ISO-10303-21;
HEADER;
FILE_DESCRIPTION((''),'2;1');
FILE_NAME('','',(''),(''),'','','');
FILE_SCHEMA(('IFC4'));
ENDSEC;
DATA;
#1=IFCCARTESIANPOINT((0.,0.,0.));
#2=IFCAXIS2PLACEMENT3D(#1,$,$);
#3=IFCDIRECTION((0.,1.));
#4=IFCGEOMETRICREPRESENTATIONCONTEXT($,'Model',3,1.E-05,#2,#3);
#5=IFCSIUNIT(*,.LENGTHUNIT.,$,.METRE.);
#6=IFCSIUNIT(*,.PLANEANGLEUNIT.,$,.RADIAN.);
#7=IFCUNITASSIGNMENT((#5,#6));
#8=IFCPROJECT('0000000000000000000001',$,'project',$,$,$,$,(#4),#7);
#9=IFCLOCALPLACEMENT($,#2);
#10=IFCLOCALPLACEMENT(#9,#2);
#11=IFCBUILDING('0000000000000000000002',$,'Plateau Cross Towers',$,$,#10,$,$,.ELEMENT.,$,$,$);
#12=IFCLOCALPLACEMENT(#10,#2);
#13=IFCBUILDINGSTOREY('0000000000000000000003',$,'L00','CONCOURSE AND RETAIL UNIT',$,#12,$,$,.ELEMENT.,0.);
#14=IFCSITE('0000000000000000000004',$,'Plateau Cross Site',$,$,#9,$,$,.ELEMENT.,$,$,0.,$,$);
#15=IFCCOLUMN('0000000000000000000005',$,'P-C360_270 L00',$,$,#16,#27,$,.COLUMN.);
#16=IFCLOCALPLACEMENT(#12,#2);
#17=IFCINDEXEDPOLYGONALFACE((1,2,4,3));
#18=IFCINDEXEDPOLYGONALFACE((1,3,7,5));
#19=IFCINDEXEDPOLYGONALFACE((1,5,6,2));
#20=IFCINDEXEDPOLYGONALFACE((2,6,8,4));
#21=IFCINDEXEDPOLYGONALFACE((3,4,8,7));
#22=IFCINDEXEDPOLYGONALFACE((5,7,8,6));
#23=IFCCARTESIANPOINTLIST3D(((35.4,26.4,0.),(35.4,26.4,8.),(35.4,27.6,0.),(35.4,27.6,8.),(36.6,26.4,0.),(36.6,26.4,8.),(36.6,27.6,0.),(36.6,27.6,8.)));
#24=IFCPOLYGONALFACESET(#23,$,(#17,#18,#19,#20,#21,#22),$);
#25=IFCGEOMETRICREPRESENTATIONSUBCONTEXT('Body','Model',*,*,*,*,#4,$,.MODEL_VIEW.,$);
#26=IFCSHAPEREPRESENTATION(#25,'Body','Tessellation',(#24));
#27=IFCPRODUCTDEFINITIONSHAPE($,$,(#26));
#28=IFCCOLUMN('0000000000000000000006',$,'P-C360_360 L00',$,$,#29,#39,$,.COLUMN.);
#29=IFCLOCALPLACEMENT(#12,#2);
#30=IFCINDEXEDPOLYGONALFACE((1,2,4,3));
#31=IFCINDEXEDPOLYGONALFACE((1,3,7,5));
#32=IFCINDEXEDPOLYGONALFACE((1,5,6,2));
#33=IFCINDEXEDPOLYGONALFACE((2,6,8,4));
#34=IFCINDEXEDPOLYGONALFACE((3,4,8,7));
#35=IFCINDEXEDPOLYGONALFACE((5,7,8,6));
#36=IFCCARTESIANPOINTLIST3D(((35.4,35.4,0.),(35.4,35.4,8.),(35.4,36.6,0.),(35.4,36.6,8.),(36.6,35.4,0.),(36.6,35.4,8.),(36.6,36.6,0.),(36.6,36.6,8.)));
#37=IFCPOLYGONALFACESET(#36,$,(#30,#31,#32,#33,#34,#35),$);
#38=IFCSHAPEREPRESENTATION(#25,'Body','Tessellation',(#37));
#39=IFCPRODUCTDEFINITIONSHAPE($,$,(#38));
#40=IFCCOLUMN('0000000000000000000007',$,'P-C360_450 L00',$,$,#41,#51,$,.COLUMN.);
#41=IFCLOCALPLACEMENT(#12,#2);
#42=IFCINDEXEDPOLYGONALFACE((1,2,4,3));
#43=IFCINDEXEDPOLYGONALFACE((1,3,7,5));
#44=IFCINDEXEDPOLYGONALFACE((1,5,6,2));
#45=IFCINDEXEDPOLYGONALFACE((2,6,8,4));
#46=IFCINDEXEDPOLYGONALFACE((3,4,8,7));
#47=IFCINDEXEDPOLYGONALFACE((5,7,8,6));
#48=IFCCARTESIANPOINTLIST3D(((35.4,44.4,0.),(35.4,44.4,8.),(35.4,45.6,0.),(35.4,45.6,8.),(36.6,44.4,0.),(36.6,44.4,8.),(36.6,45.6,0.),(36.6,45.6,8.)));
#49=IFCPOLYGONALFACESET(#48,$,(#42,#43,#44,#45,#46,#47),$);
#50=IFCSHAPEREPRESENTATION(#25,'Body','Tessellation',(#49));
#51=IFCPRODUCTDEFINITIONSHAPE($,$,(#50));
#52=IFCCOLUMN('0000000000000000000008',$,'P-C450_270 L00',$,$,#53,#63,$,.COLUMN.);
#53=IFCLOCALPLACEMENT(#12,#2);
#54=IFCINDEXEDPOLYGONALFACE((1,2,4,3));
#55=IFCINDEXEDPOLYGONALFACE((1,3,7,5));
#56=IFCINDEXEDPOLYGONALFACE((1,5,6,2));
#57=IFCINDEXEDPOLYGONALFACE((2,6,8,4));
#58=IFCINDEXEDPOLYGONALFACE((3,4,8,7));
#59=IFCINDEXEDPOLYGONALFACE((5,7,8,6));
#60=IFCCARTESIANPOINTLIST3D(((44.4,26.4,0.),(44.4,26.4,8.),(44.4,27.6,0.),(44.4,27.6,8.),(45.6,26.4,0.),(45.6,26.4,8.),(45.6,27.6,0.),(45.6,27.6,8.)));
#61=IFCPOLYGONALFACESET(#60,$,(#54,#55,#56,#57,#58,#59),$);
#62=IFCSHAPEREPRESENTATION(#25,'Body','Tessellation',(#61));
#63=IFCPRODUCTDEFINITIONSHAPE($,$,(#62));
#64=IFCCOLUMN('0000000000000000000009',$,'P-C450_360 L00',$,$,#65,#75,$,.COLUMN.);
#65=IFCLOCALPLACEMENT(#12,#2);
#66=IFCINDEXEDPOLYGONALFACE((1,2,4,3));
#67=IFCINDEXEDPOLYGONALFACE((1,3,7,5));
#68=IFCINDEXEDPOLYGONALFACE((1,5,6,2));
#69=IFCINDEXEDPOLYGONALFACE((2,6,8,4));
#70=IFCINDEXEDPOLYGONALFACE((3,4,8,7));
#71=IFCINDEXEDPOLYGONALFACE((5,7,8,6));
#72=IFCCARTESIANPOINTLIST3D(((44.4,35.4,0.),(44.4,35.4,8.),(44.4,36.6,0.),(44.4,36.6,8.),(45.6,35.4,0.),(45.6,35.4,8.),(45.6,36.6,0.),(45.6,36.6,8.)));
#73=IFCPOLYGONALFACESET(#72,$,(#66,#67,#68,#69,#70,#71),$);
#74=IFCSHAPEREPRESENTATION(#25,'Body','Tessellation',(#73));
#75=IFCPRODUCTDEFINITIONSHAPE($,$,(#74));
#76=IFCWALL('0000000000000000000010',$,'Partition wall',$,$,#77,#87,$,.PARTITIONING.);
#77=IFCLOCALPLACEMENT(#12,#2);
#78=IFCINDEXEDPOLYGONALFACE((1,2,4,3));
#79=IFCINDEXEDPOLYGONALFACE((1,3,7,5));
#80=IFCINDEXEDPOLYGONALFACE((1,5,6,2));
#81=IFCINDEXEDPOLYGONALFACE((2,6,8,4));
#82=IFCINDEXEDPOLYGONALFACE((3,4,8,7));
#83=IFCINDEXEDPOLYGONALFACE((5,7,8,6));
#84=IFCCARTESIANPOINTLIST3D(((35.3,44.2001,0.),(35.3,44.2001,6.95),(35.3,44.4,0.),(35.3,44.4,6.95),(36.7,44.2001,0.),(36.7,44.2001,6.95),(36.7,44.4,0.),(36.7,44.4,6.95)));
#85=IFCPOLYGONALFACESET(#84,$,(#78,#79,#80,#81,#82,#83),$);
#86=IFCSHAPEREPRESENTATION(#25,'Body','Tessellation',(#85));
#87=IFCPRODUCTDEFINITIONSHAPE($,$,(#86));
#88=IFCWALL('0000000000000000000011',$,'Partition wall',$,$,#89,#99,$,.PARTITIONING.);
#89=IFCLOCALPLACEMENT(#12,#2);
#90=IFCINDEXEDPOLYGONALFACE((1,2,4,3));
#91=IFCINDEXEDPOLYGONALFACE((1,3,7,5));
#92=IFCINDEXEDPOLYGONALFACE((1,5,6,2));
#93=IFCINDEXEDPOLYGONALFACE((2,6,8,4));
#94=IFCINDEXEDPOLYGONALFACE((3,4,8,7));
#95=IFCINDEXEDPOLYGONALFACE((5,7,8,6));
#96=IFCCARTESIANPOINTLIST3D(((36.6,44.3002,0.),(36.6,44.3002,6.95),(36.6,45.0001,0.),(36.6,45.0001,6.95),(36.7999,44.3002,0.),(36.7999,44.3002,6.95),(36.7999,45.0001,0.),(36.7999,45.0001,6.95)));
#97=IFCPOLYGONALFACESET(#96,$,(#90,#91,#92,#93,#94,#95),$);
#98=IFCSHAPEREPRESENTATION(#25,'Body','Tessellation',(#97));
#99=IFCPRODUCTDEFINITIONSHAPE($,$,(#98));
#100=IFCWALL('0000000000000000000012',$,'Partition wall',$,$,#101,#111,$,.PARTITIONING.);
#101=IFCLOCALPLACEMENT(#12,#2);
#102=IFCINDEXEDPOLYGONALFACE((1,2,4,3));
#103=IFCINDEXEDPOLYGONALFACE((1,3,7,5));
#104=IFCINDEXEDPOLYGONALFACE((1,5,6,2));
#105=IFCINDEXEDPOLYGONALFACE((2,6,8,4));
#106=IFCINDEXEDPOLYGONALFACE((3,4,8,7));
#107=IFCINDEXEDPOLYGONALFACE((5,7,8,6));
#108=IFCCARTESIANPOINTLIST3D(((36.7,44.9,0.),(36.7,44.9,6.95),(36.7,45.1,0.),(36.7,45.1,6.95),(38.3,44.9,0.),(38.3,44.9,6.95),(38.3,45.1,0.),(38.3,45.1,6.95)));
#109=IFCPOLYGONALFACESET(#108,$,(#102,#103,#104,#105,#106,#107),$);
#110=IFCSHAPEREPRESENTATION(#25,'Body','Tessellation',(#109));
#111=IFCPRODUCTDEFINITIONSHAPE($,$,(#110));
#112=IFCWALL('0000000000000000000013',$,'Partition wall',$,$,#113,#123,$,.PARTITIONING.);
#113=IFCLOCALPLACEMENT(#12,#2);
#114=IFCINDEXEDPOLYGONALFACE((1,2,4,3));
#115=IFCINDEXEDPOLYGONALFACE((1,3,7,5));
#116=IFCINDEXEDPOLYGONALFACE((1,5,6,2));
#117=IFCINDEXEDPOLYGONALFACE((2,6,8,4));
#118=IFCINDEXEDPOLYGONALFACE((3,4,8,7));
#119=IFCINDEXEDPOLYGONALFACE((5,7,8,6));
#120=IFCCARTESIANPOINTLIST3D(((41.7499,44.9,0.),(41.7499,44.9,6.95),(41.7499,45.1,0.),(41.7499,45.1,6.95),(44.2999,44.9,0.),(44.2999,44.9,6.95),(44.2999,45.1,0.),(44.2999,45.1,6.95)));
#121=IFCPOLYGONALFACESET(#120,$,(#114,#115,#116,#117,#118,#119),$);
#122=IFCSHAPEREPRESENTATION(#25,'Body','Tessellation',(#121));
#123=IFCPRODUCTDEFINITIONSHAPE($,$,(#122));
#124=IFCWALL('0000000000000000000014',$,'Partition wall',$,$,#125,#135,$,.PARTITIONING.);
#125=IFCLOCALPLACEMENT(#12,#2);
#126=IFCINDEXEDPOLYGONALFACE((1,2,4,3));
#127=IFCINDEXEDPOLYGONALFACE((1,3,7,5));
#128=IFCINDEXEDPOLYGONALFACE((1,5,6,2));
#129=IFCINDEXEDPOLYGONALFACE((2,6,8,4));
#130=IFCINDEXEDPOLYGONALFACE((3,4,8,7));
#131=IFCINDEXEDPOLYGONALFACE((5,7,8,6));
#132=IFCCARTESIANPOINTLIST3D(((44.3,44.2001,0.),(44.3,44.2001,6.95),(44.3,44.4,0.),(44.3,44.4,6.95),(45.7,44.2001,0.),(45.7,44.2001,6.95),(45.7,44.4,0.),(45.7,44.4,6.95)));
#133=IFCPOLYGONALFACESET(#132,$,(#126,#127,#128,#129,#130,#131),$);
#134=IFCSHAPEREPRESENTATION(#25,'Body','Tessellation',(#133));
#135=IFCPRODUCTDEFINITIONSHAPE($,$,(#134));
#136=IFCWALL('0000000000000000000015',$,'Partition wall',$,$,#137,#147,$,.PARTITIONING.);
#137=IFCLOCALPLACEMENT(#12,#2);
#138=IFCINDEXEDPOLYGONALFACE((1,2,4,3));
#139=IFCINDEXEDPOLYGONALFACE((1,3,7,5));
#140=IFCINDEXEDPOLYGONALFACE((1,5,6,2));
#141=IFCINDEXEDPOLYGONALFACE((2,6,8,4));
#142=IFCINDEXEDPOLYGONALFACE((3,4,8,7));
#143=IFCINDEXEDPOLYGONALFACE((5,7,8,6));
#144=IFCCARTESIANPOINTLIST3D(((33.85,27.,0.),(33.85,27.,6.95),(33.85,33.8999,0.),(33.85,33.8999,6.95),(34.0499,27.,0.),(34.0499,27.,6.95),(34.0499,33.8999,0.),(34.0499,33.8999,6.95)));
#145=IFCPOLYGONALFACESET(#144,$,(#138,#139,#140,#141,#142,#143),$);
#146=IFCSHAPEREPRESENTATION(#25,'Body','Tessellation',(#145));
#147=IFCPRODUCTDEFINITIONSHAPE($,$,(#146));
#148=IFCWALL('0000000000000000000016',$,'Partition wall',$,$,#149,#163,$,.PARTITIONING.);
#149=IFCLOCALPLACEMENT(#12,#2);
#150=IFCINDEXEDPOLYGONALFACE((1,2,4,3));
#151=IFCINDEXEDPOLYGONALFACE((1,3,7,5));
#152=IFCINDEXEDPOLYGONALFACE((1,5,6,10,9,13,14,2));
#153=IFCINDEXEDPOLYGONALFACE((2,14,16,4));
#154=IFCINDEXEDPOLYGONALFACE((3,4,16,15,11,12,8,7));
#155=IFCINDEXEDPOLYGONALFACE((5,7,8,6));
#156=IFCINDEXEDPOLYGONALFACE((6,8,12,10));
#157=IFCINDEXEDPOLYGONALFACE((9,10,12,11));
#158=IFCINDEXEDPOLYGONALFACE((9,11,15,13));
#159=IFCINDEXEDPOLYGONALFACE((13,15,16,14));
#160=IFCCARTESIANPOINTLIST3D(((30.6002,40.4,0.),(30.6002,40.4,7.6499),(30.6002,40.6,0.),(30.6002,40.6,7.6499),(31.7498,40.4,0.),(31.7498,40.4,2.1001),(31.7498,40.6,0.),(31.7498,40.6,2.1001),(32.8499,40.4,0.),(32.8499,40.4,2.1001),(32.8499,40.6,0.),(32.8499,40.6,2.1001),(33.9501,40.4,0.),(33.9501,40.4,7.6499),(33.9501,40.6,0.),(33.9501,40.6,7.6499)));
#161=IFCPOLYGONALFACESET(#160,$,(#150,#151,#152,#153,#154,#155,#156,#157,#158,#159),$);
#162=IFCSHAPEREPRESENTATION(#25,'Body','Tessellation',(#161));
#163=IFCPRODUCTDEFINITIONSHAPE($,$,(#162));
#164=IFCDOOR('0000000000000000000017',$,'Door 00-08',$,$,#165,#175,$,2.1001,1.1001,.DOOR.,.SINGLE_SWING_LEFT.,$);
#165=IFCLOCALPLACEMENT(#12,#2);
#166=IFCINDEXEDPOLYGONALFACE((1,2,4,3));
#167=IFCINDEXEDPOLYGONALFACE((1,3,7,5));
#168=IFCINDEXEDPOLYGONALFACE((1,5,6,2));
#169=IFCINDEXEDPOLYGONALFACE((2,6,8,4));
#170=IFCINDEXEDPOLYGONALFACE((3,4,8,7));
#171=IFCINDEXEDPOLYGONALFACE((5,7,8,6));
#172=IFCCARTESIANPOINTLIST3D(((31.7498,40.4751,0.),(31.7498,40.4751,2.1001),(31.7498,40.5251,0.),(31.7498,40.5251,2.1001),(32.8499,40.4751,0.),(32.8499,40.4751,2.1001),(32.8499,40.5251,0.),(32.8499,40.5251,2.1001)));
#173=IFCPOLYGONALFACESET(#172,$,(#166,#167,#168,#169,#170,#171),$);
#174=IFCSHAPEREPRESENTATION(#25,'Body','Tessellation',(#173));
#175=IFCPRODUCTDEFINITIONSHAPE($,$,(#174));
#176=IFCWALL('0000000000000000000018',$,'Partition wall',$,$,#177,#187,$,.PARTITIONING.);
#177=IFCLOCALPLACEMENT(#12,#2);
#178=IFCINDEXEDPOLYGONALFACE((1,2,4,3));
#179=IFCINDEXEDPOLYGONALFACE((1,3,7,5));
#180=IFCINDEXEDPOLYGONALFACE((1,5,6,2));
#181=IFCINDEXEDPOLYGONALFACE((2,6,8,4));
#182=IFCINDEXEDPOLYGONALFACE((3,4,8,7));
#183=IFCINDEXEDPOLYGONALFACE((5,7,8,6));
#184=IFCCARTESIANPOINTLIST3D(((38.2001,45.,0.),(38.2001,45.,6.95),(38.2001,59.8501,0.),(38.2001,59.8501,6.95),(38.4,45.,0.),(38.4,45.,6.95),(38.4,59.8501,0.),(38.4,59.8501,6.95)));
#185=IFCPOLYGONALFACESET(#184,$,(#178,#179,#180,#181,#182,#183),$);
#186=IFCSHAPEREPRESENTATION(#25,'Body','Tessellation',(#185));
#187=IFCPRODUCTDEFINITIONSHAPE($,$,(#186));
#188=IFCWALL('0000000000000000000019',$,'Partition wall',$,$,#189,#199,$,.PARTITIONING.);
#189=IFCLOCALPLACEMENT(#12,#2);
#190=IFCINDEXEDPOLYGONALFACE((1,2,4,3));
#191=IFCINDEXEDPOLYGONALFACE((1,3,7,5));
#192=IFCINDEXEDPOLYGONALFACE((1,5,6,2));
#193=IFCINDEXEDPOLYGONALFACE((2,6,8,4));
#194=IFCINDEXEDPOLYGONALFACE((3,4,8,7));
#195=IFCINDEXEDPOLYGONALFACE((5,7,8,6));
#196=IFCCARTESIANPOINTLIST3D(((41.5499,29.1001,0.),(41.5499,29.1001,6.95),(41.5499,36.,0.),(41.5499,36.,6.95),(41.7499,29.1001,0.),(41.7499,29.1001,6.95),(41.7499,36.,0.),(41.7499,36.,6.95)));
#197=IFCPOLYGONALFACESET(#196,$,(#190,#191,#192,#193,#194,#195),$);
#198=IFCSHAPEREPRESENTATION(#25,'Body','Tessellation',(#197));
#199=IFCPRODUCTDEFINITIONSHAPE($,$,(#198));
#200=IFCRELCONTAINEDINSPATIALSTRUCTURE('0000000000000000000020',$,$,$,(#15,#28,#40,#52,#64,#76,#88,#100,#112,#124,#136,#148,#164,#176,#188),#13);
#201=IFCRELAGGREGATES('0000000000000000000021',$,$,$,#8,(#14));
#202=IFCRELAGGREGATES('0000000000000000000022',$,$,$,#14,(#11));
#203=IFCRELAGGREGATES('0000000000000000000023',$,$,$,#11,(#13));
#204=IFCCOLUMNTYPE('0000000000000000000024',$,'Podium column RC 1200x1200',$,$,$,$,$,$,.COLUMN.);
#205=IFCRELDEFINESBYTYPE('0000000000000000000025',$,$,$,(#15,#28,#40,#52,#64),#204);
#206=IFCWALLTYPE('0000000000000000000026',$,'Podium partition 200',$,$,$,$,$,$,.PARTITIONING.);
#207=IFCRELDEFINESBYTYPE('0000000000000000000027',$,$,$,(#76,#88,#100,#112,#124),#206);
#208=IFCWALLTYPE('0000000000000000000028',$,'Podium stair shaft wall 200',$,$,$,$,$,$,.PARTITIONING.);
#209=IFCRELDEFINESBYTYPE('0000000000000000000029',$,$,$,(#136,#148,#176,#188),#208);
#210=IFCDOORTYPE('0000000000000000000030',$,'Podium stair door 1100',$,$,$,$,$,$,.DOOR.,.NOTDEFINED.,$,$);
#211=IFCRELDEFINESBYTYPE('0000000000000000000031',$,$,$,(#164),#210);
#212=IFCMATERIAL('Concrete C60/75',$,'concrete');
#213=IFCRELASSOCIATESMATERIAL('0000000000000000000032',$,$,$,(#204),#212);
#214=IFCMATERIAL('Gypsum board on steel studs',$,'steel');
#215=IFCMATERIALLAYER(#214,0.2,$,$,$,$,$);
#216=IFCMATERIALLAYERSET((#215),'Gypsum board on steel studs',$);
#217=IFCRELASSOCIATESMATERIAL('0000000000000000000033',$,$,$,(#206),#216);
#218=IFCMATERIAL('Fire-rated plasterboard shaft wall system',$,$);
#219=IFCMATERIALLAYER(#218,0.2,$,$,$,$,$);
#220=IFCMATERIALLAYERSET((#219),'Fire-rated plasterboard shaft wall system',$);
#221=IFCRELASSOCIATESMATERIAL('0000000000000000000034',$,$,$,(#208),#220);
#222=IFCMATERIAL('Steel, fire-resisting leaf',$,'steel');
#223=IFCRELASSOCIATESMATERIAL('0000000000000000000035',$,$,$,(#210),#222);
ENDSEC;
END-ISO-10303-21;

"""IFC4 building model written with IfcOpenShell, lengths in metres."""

from ifc_helpers import new_model, si_unit, direction, frame, frame_2d, origin, origin_2d, place, context, subcontext, project, spatial, rectangle, extrude, material, layer, layer_set, material_profile, profile_set, type_object, element, fill, save


model = new_model("IFC4")

# Units and contexts
model_context = context("Model", 3, precision=1e-05, world=origin(), true_north=direction((0.0, 1.0)))
body_context = subcontext(model_context, "Body", "Model", "MODEL_VIEW")
ifc_project = project(units=[si_unit("LENGTHUNIT", "METRE"), si_unit("PLANEANGLEUNIT", "RADIAN")], contexts=[model_context])

# Site, building, storey
site_placement = place(None, origin())
site = spatial("IfcSite", under=ifc_project, at=site_placement, Name="Plateau Cross Site", CompositionType="ELEMENT", RefElevation=0.0)
building_placement = place(site_placement, origin())
building = spatial("IfcBuilding", under=site, at=building_placement, Name="Plateau Cross Towers", CompositionType="ELEMENT")
storey_placement = place(building_placement, origin())
storey = spatial("IfcBuildingStorey", under=building, at=storey_placement, Name="L00", Description="CONCOURSE AND RETAIL UNIT", CompositionType="ELEMENT", Elevation=0.0)

# Columns
ifc_material_1 = material(Name="Concrete C60/75", Category="concrete")
ifc_material_profile = material_profile(ifc_material_1, rectangle(XDim=1.2, YDim=1.2, at=origin_2d()), Name="RC 1200x1200")
ifc_profile_set = profile_set([ifc_material_profile], Name="Concrete C60/75")
column_type = type_object("IfcColumnType", Name="Podium column RC 1200x1200", PredefinedType="COLUMN", material=ifc_profile_set)
for number, where, z_axis, x_axis, name in (
    (1, (36.0, 27.0, 0.0), (0.0, 0.0, 1.0), (1.0, 0.0, 0.0), "P-C360_270 L00"),
    (2, (36.0, 36.0, 0.0), (0.0, 0.0, 1.0), (1.0, 0.0, 0.0), "P-C360_360 L00"),
    (3, (36.0, 45.0, 0.0), (0.0, 0.0, 1.0), (1.0, 0.0, 0.0), "P-C360_450 L00"),
    (4, (45.0, 27.0, 0.0), (0.0, 0.0, 1.0), (1.0, 0.0, 0.0), "P-C450_270 L00"),
    (5, (45.0, 36.0, 0.0), (0.0, 0.0, 1.0), (1.0, 0.0, 0.0), "P-C450_360 L00"),
):
    element("IfcColumn", number, at=place(storey_placement, frame(where, z_axis=z_axis, x_axis=x_axis)), inside=storey, type_object=column_type, Name=name, PredefinedType="COLUMN", context=body_context, shape_type="SweptSolid", body=[
        extrude(rectangle(XDim=1.2, YDim=1.2, at=origin_2d()), origin(), (0.0, 0.0, 1.0), 8.0),
    ])

# Walls
ifc_material_2 = material(Name="Gypsum board on steel studs", Category="steel")
ifc_layer_1 = layer(ifc_material_2, 0.2)
ifc_layer_set_1 = layer_set([ifc_layer_1], Name="Gypsum board on steel studs")
wall_type_1 = type_object("IfcWallType", Name="Podium partition 200", PredefinedType="PARTITIONING", material=ifc_layer_set_1)
wall_1_placement = place(storey_placement, frame((35.3, 44.3, 0.0), z_axis=(0.0, 0.0, 1.0), x_axis=(1.0, 0.0, 0.0)))
element("IfcWall", 6, at=wall_1_placement, inside=storey, type_object=wall_type_1, Name="Partition wall", PredefinedType="PARTITIONING", context=body_context, shape_type="SweptSolid", body=[
    extrude(rectangle(XDim=1.3999, YDim=0.2, at=frame_2d((0.7, 0.0))), origin(), (0.0, 0.0, 1.0), 6.95),
])
wall_2_placement = place(storey_placement, frame((36.7, 44.3, 0.0), z_axis=(0.0, 0.0, 1.0), x_axis=(0.0, 1.0, 0.0)))
element("IfcWall", 7, at=wall_2_placement, inside=storey, type_object=wall_type_1, Name="Partition wall", PredefinedType="PARTITIONING", context=body_context, shape_type="SweptSolid", body=[
    extrude(rectangle(XDim=0.7, YDim=0.2, at=frame_2d((0.3501, 0.0))), origin(), (0.0, 0.0, 1.0), 6.95),
])
wall_3_placement = place(storey_placement, frame((36.7, 45.0, 0.0), z_axis=(0.0, 0.0, 1.0), x_axis=(1.0, 0.0, 0.0)))
element("IfcWall", 8, at=wall_3_placement, inside=storey, type_object=wall_type_1, Name="Partition wall", PredefinedType="PARTITIONING", context=body_context, shape_type="SweptSolid", body=[
    extrude(rectangle(XDim=1.6001, YDim=0.2, at=frame_2d((0.8, 0.0))), origin(), (0.0, 0.0, 1.0), 6.95),
])
wall_4_placement = place(storey_placement, frame((41.75, 45.0, 0.0), z_axis=(0.0, 0.0, 1.0), x_axis=(1.0, 0.0, 0.0)))
element("IfcWall", 9, at=wall_4_placement, inside=storey, type_object=wall_type_1, Name="Partition wall", PredefinedType="PARTITIONING", context=body_context, shape_type="SweptSolid", body=[
    extrude(rectangle(XDim=2.55, YDim=0.2, at=frame_2d((1.2749, 0.0))), origin(), (0.0, 0.0, 1.0), 6.95),
])
wall_5_placement = place(storey_placement, frame((44.3, 44.3, 0.0), z_axis=(0.0, 0.0, 1.0), x_axis=(1.0, 0.0, 0.0)))
element("IfcWall", 10, at=wall_5_placement, inside=storey, type_object=wall_type_1, Name="Partition wall", PredefinedType="PARTITIONING", context=body_context, shape_type="SweptSolid", body=[
    extrude(rectangle(XDim=1.3999, YDim=0.2, at=frame_2d((0.7, 0.0))), origin(), (0.0, 0.0, 1.0), 6.95),
])
ifc_material_3 = material(Name="Fire-rated plasterboard shaft wall system")
ifc_layer_2 = layer(ifc_material_3, 0.2)
ifc_layer_set_2 = layer_set([ifc_layer_2], Name="Fire-rated plasterboard shaft wall system")
wall_type_2 = type_object("IfcWallType", Name="Podium stair shaft wall 200", PredefinedType="PARTITIONING", material=ifc_layer_set_2)
wall_6_placement = place(storey_placement, frame((33.95, 33.8999, 0.0), z_axis=(0.0, 0.0, 1.0), x_axis=(0.0, -1.0, 0.0)))
element("IfcWall", 11, at=wall_6_placement, inside=storey, type_object=wall_type_2, Name="Partition wall", PredefinedType="PARTITIONING", context=body_context, shape_type="SweptSolid", body=[
    extrude(rectangle(XDim=6.8999, YDim=0.2, at=frame_2d((3.45, 0.0))), origin(), (0.0, 0.0, 1.0), 6.95),
])

# Wall, opening, door
wall_7_placement = place(storey_placement, frame((33.95, 40.5, 0.0), z_axis=(0.0, 0.0, 1.0), x_axis=(-1.0, 0.0, 0.0)))
wall_7 = element("IfcWall", 12, at=wall_7_placement, inside=storey, type_object=wall_type_2, Name="Partition wall", PredefinedType="PARTITIONING", context=body_context, shape_type="SweptSolid", body=[
    extrude(rectangle(XDim=3.3499, YDim=0.2, at=frame_2d((1.6748, 0.0))), origin(), (0.0, 0.0, 1.0), 7.6499),
])
opening_1_placement = place(wall_7_placement, frame((1.1001, 0.0, 0.0)))
opening_1 = element("IfcOpeningElement", 13, at=opening_1_placement, cuts=wall_7, PredefinedType="OPENING", context=body_context, shape_type="SweptSolid", body=[
    extrude(rectangle(XDim=1.1001, YDim=2.1001, at=frame_2d((0.55, 1.05))), frame((0.0, 0.1099, 0.0), z_axis=(0.0, -1.0, 0.0), x_axis=(1.0, 0.0, 0.0)), (0.0, 0.0, 1.0), 0.22),
])
ifc_material_4 = material(Name="Steel, fire-resisting leaf", Category="steel")
door_type = type_object("IfcDoorType", Name="Podium stair door 1100", OperationType="NOTDEFINED", PredefinedType="DOOR", material=ifc_material_4)
door_1_placement = place(opening_1_placement, origin())
door_1 = element("IfcDoor", 14, at=door_1_placement, inside=storey, type_object=door_type, Name="Door 00-08", OperationType="SINGLE_SWING_LEFT", OverallHeight=2.1001, OverallWidth=1.1001, PredefinedType="DOOR", context=body_context, shape_type="SweptSolid", body=[
    extrude(rectangle(XDim=1.1001, YDim=2.1001, at=frame_2d((0.55, 1.05))), frame((0.0, 0.0249, 0.0), z_axis=(0.0, -1.0, 0.0), x_axis=(1.0, 0.0, 0.0)), (0.0, 0.0, 1.0), 0.05),
])
fill(opening_1, door_1)

# Walls
wall_8_placement = place(storey_placement, frame((38.3, 45.0, 0.0), z_axis=(0.0, 0.0, 1.0), x_axis=(0.0, 1.0, 0.0)))
element("IfcWall", 15, at=wall_8_placement, inside=storey, type_object=wall_type_2, Name="Partition wall", PredefinedType="PARTITIONING", context=body_context, shape_type="SweptSolid", body=[
    extrude(rectangle(XDim=14.8501, YDim=0.2, at=frame_2d((7.425, 0.0))), origin(), (0.0, 0.0, 1.0), 6.95),
])
wall_9_placement = place(storey_placement, frame((41.6499, 36.0, 0.0), z_axis=(0.0, 0.0, 1.0), x_axis=(0.0, -1.0, 0.0)))
element("IfcWall", 16, at=wall_9_placement, inside=storey, type_object=wall_type_2, Name="Partition wall", PredefinedType="PARTITIONING", context=body_context, shape_type="SweptSolid", body=[
    extrude(rectangle(XDim=6.8999, YDim=0.2, at=frame_2d((3.45, 0.0))), origin(), (0.0, 0.0, 1.0), 6.95),
])

save(model, "model.ifc")
